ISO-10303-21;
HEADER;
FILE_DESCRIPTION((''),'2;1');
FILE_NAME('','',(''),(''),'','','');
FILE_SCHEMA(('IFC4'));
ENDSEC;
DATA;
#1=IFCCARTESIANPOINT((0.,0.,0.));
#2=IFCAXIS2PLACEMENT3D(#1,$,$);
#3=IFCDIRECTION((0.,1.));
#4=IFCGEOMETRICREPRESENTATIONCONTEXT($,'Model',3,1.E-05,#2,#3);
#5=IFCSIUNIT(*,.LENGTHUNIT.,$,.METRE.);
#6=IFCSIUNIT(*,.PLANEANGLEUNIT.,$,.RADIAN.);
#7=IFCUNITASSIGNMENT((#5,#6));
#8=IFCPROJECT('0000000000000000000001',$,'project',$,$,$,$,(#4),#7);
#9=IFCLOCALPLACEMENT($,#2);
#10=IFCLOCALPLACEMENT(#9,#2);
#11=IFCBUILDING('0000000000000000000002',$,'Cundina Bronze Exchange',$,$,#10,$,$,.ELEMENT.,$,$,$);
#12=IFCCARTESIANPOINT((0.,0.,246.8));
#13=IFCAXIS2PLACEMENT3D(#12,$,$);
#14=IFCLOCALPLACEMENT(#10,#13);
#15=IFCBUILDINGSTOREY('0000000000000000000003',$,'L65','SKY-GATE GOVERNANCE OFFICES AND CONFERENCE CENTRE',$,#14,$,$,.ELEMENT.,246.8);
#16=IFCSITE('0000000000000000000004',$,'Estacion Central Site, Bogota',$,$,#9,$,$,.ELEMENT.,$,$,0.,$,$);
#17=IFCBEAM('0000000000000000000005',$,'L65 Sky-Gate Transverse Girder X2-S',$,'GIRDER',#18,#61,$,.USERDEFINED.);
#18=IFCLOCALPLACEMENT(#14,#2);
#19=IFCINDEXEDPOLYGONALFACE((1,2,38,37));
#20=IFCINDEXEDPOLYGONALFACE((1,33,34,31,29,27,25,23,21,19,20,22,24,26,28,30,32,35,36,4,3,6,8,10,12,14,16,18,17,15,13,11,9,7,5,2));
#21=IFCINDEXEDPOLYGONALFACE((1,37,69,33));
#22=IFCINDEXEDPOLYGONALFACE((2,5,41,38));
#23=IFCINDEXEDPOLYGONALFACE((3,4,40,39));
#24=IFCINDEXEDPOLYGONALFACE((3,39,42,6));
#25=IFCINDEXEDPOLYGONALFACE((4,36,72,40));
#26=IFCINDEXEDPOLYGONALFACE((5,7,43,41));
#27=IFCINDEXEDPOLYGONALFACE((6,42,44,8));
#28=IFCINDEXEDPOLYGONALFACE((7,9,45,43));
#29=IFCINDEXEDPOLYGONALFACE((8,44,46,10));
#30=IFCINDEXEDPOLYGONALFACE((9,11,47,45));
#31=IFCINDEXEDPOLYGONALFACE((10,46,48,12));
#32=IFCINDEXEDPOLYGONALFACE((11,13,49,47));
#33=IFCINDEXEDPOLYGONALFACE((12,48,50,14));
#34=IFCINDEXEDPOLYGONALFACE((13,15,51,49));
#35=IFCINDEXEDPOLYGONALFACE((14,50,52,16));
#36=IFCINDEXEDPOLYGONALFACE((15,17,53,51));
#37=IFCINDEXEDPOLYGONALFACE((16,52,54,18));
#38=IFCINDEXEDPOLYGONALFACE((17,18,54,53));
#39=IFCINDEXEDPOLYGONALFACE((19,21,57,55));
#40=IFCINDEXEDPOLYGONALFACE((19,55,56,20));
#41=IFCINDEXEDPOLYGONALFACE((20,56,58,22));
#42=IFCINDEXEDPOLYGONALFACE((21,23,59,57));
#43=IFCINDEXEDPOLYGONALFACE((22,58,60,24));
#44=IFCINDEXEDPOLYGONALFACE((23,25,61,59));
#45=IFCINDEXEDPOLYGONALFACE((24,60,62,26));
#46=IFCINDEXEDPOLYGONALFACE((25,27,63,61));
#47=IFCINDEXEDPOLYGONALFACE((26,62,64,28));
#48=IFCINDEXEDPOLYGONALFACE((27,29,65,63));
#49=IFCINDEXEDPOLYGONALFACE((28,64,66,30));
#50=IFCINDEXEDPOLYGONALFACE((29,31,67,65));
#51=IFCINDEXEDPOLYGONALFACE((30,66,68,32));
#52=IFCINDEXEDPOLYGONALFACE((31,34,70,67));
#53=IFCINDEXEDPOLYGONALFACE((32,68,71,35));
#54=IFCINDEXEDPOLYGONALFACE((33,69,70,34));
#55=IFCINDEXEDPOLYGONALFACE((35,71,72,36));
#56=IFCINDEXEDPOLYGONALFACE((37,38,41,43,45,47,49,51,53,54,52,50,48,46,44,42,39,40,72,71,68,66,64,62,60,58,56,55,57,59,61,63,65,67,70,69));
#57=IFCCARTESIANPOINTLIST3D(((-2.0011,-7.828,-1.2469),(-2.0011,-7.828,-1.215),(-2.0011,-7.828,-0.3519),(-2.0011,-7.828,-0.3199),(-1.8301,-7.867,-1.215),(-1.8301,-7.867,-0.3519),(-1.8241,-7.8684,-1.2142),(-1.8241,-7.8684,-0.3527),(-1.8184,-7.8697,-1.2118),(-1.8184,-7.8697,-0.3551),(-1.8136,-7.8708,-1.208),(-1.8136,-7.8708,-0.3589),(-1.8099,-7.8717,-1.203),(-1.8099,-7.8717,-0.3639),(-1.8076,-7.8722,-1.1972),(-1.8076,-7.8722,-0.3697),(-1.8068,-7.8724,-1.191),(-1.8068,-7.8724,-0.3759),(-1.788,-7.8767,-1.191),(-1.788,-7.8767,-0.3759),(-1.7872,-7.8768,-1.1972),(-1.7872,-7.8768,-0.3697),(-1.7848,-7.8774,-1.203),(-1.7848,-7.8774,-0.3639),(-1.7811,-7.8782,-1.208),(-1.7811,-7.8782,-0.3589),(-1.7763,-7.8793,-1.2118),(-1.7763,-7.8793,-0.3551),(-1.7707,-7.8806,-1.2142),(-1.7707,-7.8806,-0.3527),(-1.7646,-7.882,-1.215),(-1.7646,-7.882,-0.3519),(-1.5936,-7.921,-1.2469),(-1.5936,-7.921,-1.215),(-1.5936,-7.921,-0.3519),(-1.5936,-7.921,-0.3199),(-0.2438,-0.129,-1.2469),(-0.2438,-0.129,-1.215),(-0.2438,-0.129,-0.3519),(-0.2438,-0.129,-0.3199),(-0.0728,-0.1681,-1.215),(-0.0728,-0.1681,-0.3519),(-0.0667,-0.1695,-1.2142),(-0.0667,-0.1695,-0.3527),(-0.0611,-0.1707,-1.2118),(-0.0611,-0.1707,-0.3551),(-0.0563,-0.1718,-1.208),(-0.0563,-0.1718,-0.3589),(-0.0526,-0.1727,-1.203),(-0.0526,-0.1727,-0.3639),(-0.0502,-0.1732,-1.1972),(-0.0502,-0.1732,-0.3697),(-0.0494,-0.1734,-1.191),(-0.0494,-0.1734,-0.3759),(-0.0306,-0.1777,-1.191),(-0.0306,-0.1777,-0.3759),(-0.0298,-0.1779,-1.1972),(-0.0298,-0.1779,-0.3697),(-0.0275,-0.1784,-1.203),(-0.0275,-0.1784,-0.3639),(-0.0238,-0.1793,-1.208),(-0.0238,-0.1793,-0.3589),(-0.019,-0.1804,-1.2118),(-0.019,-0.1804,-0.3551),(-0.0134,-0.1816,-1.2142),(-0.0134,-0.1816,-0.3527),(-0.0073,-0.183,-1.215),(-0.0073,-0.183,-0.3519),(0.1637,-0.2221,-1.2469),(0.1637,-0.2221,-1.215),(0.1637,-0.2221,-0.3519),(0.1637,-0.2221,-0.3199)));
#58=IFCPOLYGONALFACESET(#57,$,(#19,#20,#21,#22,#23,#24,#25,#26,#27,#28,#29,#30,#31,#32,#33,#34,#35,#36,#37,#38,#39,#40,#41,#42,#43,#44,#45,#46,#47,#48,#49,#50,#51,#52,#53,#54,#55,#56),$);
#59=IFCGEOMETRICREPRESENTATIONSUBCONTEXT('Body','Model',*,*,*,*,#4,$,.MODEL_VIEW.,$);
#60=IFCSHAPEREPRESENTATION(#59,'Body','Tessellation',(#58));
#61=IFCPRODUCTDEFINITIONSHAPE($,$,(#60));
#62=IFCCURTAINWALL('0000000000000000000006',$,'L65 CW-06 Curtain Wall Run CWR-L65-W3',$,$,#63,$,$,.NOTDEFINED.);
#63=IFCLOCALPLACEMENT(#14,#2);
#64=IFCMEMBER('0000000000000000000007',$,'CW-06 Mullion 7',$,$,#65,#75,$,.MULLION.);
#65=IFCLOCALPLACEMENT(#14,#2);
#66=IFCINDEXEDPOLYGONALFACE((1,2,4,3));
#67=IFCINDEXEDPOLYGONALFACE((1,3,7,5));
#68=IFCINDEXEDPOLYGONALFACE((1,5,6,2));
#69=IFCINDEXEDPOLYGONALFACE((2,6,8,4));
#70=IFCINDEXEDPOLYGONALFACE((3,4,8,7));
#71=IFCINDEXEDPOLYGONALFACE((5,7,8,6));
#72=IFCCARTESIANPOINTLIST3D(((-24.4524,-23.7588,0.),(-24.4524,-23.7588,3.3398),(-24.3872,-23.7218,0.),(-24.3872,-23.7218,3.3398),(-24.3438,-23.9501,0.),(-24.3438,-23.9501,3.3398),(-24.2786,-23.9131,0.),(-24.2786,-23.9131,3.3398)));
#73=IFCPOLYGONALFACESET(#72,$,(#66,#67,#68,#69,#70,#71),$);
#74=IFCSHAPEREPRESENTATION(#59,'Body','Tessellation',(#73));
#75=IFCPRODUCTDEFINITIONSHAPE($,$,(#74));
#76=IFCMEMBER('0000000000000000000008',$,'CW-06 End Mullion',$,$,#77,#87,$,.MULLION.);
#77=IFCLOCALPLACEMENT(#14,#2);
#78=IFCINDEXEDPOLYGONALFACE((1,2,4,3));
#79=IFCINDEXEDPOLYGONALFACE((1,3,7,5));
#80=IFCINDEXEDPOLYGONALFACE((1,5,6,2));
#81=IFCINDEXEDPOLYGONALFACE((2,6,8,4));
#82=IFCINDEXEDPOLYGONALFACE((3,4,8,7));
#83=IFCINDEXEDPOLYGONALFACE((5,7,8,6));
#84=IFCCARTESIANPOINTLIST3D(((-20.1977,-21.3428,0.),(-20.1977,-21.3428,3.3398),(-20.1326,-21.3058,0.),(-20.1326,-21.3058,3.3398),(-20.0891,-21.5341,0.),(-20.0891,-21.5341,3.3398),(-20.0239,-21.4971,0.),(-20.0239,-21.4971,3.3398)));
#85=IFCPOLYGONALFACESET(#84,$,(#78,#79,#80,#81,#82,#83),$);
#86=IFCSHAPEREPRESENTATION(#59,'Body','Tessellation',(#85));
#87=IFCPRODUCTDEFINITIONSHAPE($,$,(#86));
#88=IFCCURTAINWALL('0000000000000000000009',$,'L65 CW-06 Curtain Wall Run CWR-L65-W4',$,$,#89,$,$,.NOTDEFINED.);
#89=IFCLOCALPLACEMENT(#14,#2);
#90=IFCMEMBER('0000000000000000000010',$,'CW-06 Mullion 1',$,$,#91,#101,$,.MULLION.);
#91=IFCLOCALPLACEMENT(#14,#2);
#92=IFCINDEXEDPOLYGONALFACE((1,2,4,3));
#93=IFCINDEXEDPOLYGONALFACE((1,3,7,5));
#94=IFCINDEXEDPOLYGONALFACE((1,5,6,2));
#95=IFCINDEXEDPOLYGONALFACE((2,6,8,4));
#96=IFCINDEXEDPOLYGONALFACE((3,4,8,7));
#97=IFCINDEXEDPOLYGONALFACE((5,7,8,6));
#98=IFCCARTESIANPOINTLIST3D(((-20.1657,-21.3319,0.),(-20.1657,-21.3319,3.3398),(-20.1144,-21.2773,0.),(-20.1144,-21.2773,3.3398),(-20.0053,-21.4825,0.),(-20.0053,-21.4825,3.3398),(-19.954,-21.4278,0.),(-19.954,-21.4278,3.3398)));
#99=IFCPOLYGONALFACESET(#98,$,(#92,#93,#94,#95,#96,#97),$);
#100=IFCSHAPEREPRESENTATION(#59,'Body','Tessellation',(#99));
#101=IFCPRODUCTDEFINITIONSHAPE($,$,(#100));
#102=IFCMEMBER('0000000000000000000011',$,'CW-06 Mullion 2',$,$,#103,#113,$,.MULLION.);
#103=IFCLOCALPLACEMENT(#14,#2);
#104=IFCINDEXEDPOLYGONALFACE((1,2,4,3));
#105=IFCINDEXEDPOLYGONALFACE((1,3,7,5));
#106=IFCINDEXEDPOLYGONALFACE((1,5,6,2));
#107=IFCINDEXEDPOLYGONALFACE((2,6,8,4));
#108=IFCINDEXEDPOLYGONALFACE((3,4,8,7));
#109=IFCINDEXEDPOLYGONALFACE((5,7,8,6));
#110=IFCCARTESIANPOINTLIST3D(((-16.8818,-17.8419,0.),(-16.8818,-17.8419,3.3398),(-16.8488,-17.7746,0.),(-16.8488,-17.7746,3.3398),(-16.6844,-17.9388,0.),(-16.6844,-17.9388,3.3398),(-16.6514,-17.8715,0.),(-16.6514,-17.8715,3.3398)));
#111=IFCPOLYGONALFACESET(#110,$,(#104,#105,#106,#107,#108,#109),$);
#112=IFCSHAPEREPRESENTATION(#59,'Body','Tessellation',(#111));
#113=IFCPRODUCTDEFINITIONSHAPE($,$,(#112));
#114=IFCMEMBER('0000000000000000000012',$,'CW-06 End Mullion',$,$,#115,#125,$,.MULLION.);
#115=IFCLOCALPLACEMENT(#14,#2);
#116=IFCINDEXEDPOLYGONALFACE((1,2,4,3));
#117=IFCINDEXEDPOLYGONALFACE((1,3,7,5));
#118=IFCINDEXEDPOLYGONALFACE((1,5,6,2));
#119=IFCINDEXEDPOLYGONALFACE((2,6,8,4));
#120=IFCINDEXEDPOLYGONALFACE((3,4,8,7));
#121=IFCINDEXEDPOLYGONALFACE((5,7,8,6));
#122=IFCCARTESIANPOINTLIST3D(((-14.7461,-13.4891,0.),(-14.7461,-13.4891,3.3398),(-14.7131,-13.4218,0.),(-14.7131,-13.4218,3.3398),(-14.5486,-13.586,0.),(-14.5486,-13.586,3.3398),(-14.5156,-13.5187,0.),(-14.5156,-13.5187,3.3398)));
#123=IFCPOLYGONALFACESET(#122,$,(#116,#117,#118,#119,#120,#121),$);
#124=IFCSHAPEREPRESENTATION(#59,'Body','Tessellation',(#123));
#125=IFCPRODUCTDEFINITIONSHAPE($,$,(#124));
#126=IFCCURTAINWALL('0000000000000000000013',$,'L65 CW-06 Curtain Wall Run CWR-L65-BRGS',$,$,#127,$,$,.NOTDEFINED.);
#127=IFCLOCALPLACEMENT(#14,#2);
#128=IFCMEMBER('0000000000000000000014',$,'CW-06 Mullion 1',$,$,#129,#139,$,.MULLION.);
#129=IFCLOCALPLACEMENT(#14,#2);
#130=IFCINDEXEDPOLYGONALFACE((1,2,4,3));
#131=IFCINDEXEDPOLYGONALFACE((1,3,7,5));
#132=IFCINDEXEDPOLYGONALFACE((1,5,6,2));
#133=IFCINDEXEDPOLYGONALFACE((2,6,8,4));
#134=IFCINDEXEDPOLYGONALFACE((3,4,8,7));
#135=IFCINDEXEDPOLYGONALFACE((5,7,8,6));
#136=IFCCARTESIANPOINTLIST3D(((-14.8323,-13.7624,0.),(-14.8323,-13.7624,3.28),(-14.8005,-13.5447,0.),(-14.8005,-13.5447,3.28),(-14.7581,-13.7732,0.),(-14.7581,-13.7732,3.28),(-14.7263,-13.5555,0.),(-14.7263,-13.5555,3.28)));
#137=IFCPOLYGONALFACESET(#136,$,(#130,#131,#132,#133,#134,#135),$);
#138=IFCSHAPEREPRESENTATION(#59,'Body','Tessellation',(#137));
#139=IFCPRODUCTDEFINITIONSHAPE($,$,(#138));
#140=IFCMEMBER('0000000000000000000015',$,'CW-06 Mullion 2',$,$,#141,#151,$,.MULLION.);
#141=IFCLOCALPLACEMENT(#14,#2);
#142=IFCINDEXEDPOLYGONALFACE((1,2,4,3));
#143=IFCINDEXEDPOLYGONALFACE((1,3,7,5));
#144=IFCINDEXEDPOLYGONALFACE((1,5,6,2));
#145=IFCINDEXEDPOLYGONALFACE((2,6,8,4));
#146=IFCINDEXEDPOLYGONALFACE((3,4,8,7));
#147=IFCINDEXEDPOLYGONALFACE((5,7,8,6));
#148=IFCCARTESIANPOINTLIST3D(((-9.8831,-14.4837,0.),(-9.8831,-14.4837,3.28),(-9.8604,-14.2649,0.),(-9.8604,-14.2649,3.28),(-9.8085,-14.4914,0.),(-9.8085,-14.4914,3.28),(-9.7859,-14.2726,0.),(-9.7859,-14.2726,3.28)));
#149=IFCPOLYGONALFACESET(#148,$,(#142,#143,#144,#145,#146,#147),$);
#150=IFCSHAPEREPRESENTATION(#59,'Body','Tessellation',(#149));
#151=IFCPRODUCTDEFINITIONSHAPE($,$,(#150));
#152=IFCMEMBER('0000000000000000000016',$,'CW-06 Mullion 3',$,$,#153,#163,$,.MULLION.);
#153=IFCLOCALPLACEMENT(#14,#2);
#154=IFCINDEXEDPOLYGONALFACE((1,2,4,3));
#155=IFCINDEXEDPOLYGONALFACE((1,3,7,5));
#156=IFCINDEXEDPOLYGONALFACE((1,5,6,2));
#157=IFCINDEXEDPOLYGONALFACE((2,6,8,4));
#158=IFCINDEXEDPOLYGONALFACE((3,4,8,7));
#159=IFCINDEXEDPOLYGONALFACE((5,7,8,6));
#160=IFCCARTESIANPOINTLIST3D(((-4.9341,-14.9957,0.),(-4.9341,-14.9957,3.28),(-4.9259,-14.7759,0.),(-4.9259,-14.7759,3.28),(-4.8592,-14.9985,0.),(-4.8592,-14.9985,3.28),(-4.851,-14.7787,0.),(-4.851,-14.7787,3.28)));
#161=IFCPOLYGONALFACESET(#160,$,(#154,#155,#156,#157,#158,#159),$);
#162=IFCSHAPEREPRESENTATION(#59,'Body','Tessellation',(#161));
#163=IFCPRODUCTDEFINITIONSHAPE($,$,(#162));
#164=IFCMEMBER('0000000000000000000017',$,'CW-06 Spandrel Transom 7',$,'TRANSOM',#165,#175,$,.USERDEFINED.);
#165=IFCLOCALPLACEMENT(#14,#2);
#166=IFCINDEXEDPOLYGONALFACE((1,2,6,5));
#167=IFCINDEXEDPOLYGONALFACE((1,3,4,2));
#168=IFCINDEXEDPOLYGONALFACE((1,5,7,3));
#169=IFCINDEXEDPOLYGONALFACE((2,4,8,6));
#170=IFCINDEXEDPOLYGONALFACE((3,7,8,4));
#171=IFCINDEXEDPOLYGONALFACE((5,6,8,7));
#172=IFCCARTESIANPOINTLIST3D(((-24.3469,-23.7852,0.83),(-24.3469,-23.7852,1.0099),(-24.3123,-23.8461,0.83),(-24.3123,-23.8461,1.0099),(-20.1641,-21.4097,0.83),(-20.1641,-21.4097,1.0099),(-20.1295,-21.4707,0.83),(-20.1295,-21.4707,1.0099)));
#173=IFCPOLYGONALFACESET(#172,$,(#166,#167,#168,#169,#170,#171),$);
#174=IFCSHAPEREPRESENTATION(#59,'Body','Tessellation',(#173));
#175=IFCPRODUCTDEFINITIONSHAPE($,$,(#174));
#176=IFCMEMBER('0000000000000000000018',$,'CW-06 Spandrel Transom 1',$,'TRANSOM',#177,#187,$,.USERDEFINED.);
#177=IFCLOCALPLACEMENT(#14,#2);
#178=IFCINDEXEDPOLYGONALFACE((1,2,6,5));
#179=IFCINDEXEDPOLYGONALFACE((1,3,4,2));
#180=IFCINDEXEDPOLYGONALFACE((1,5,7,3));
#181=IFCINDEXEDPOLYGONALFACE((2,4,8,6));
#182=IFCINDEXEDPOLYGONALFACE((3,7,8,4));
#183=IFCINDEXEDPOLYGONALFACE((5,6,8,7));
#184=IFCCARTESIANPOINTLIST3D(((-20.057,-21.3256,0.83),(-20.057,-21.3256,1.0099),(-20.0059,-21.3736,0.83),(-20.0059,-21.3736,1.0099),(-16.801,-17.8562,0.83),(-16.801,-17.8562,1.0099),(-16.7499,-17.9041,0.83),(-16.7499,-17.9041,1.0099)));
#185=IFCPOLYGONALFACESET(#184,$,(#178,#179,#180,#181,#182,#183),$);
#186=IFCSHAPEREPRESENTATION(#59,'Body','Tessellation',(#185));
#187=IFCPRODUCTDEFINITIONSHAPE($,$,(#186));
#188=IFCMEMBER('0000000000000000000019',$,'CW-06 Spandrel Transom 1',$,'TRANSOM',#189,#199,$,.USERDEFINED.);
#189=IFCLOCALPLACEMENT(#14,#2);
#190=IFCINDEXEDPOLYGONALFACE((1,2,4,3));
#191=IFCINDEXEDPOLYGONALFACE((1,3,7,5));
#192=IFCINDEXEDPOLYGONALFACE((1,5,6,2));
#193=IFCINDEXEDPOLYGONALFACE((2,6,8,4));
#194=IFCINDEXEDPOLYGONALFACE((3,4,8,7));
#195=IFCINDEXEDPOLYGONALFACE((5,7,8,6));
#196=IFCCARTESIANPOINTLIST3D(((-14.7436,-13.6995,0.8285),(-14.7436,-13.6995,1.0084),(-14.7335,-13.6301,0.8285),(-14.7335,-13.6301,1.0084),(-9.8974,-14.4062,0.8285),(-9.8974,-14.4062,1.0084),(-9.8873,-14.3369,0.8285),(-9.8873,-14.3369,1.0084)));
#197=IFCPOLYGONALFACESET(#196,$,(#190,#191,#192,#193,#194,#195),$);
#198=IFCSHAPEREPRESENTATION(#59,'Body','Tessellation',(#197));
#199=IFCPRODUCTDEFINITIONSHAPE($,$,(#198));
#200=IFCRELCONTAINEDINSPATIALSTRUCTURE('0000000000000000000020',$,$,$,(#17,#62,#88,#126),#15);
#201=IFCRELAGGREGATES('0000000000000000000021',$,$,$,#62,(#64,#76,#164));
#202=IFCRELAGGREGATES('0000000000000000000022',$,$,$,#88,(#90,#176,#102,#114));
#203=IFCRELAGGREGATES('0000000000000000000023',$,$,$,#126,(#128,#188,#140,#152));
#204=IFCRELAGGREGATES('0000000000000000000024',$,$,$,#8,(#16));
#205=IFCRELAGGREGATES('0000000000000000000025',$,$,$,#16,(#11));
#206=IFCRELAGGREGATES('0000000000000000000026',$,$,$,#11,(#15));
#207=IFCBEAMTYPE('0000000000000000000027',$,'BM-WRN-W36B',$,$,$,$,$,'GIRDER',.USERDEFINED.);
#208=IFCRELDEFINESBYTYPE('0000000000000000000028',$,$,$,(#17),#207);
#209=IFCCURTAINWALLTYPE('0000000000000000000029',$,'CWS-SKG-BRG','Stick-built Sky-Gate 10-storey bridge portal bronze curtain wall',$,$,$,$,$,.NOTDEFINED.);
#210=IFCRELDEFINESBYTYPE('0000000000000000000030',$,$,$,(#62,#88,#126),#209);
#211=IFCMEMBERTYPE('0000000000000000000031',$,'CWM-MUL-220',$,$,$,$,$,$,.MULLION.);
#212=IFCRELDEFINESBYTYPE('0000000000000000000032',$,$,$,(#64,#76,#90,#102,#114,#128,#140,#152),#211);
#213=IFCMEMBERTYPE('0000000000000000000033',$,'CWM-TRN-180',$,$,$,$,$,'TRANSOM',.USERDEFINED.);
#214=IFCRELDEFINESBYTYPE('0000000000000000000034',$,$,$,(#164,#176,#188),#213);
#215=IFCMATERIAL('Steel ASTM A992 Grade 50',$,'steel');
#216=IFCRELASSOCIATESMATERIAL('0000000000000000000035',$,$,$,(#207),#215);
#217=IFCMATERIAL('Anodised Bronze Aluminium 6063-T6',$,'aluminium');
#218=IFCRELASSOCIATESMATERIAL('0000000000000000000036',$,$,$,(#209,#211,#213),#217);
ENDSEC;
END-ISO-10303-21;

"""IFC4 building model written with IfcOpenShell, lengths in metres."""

from ifc_helpers import new_model, si_unit, direction, frame, origin, origin_2d, place, context, subcontext, project, spatial, rectangle, i_section, extrude, material, material_profile, profile_set, type_object, element, aggregate, save


model = new_model("IFC4")

# Units and contexts
model_context = context("Model", 3, precision=1e-05, world=origin(), true_north=direction((0.0, 1.0)))
body_context = subcontext(model_context, "Body", "Model", "MODEL_VIEW")
ifc_project = project(units=[si_unit("LENGTHUNIT", "METRE"), si_unit("PLANEANGLEUNIT", "RADIAN")], contexts=[model_context])

# Site, building, storey
site_placement = place(None, origin())
site = spatial("IfcSite", under=ifc_project, at=site_placement, Name="Estacion Central Site, Bogota", CompositionType="ELEMENT", RefElevation=0.0)
building_placement = place(site_placement, origin())
building = spatial("IfcBuilding", under=site, at=building_placement, Name="Cundina Bronze Exchange", CompositionType="ELEMENT")
storey_placement = place(building_placement, frame((0.0, 0.0, 246.8)))
storey = spatial("IfcBuildingStorey", under=building, at=storey_placement, Name="L65", Description="SKY-GATE GOVERNANCE OFFICES AND CONFERENCE CENTRE", CompositionType="ELEMENT", Elevation=246.8)

# Beam
ifc_material_1 = material(Name="Steel ASTM A992 Grade 50", Category="steel")
ifc_material_profile_1 = material_profile(ifc_material_1, i_section(OverallWidth=0.418, OverallDepth=0.927, WebThickness=0.0193, FlangeThickness=0.032, FilletRadius=0.0239, at=origin_2d()), Name="W36X231", Category="steel")
ifc_profile_set_1 = profile_set([ifc_material_profile_1], Name="Steel ASTM A992 Grade 50")
beam_type_1 = type_object("IfcBeamType", Name="BM-WRN-W36B", ElementType="GIRDER", PredefinedType="USERDEFINED", material=ifc_profile_set_1)
beam_1_placement = place(storey_placement, frame((-1.7974, -7.8745, -0.7834), z_axis=(0.222531, 0.974926, 0.0), x_axis=(-0.974926, 0.222531, 0.0)))
element("IfcBeam", 1, at=beam_1_placement, inside=storey, type_object=beam_type_1, Name="L65 Sky-Gate Transverse Girder X2-S", ObjectType="GIRDER", PredefinedType="USERDEFINED", context=body_context, shape_type="SweptSolid", body=[
    extrude(i_section(OverallWidth=0.418, OverallDepth=0.927, WebThickness=0.0193, FlangeThickness=0.032, FilletRadius=0.0239, at=origin_2d()), origin(), (0.0, 0.0, 1.0), 7.897),
])

# Curtain walls, members
ifc_material_2 = material(Name="Anodised Bronze Aluminium 6063-T6", Category="aluminium")
curtain_wall_type = type_object("IfcCurtainWallType", Name="CWS-SKG-BRG", Description="Stick-built Sky-Gate 10-storey bridge portal bronze curtain wall", PredefinedType="NOTDEFINED", material=ifc_material_2)
curtain_wall_1_placement = place(storey_placement, origin())
curtain_wall_1 = element("IfcCurtainWall", 2, at=curtain_wall_1_placement, inside=storey, type_object=curtain_wall_type, Name="L65 CW-06 Curtain Wall Run CWR-L65-W3", PredefinedType="NOTDEFINED")
ifc_material_profile_2 = material_profile(ifc_material_2, rectangle(XDim=0.075, YDim=0.22, at=origin_2d()), Name="AL75X220", Category="aluminium")
ifc_profile_set_2 = profile_set([ifc_material_profile_2], Name="Anodised Bronze Aluminium 6063-T6")
member_type_1 = type_object("IfcMemberType", Name="CWM-MUL-220", PredefinedType="MULLION", material=ifc_profile_set_2)
member_1_placement = place(storey_placement, frame((-24.3655, -23.8359, 0.0), z_axis=(0.0, 0.0, 1.0), x_axis=(0.869581, 0.49379, 0.0)))
member_1 = element("IfcMember", 3, at=member_1_placement, type_object=member_type_1, Name="CW-06 Mullion 7", PredefinedType="MULLION", context=body_context, shape_type="SweptSolid", body=[
    extrude(rectangle(XDim=0.075, YDim=0.22, at=origin_2d()), origin(), (0.0, 0.0, 1.0), 3.3398),
])
member_2_placement = place(storey_placement, frame((-20.1108, -21.4199, 0.0), z_axis=(0.0, 0.0, 1.0), x_axis=(0.869581, 0.49379, 0.0)))
member_2 = element("IfcMember", 4, at=member_2_placement, type_object=member_type_1, Name="CW-06 End Mullion", PredefinedType="MULLION", context=body_context, shape_type="SweptSolid", body=[
    extrude(rectangle(XDim=0.075, YDim=0.22, at=origin_2d()), origin(), (0.0, 0.0, 1.0), 3.3398),
])
curtain_wall_2_placement = place(storey_placement, origin())
curtain_wall_2 = element("IfcCurtainWall", 5, at=curtain_wall_2_placement, inside=storey, type_object=curtain_wall_type, Name="L65 CW-06 Curtain Wall Run CWR-L65-W4", PredefinedType="NOTDEFINED")
member_3_placement = place(storey_placement, frame((-20.0598, -21.3799, 0.0), z_axis=(0.0, 0.0, 1.0), x_axis=(0.684293, 0.729208, 0.0)))
member_3 = element("IfcMember", 6, at=member_3_placement, type_object=member_type_1, Name="CW-06 Mullion 1", PredefinedType="MULLION", context=body_context, shape_type="SweptSolid", body=[
    extrude(rectangle(XDim=0.075, YDim=0.22, at=origin_2d()), origin(), (0.0, 0.0, 1.0), 3.3398),
])
member_4_placement = place(storey_placement, frame((-16.7666, -17.8567, 0.0), z_axis=(0.0, 0.0, 1.0), x_axis=(0.440566, 0.89772, 0.0)))
member_4 = element("IfcMember", 7, at=member_4_placement, type_object=member_type_1, Name="CW-06 Mullion 2", PredefinedType="MULLION", context=body_context, shape_type="SweptSolid", body=[
    extrude(rectangle(XDim=0.075, YDim=0.22, at=origin_2d()), origin(), (0.0, 0.0, 1.0), 3.3398),
])
member_5_placement = place(storey_placement, frame((-14.6309, -13.5039, 0.0), z_axis=(0.0, 0.0, 1.0), x_axis=(0.440566, 0.89772, 0.0)))
member_5 = element("IfcMember", 8, at=member_5_placement, type_object=member_type_1, Name="CW-06 End Mullion", PredefinedType="MULLION", context=body_context, shape_type="SweptSolid", body=[
    extrude(rectangle(XDim=0.075, YDim=0.22, at=origin_2d()), origin(), (0.0, 0.0, 1.0), 3.3398),
])
curtain_wall_3_placement = place(storey_placement, origin())
curtain_wall_3 = element("IfcCurtainWall", 9, at=curtain_wall_3_placement, inside=storey, type_object=curtain_wall_type, Name="L65 CW-06 Curtain Wall Run CWR-L65-BRGS", PredefinedType="NOTDEFINED")
member_6_placement = place(storey_placement, frame((-14.7793, -13.6589, 0.0), z_axis=(0.0, 0.0, 1.0), x_axis=(0.989526, -0.144356, 0.0)))
member_6 = element("IfcMember", 10, at=member_6_placement, type_object=member_type_1, Name="CW-06 Mullion 1", PredefinedType="MULLION", context=body_context, shape_type="SweptSolid", body=[
    extrude(rectangle(XDim=0.075, YDim=0.22, at=origin_2d()), origin(), (0.0, 0.0, 1.0), 3.28),
])
member_7_placement = place(storey_placement, frame((-9.8345, -14.3782, 0.0), z_axis=(0.0, 0.0, 1.0), x_axis=(0.994667, -0.10314, 0.0)))
member_7 = element("IfcMember", 11, at=member_7_placement, type_object=member_type_1, Name="CW-06 Mullion 2", PredefinedType="MULLION", context=body_context, shape_type="SweptSolid", body=[
    extrude(rectangle(XDim=0.075, YDim=0.22, at=origin_2d()), origin(), (0.0, 0.0, 1.0), 3.28),
])
member_8_placement = place(storey_placement, frame((-4.8926, -14.8872, 0.0), z_axis=(0.0, 0.0, 1.0), x_axis=(0.999303, -0.037341, 0.0)))
member_8 = element("IfcMember", 12, at=member_8_placement, type_object=member_type_1, Name="CW-06 Mullion 3", PredefinedType="MULLION", context=body_context, shape_type="SweptSolid", body=[
    extrude(rectangle(XDim=0.075, YDim=0.22, at=origin_2d()), origin(), (0.0, 0.0, 1.0), 3.28),
])

# Members
ifc_material_profile_3 = material_profile(ifc_material_2, rectangle(XDim=0.0701, YDim=0.1799, at=origin_2d()), Name="AL70X180", Category="aluminium")
ifc_profile_set_3 = profile_set([ifc_material_profile_3], Name="Anodised Bronze Aluminium 6063-T6")
member_type_2 = type_object("IfcMemberType", Name="CWM-TRN-180", ElementType="TRANSOM", PredefinedType="USERDEFINED", material=ifc_profile_set_3)
member_9_placement = place(storey_placement, frame((-24.3296, -23.8157, 0.9199), z_axis=(0.869558, 0.493831, 0.0), x_axis=(-0.493831, 0.869558, 0.0)))
member_9 = element("IfcMember", 13, at=member_9_placement, type_object=member_type_2, Name="CW-06 Spandrel Transom 7", ObjectType="TRANSOM", PredefinedType="USERDEFINED", context=body_context, shape_type="SweptSolid", body=[
    extrude(rectangle(XDim=0.0701, YDim=0.1799, at=origin_2d()), origin(), (0.0, 0.0, 1.0), 4.8103),
])
member_10_placement = place(storey_placement, frame((-20.0315, -21.3496, 0.9199), z_axis=(0.684328, 0.729174, 0.0), x_axis=(-0.729174, 0.684328, 0.0)))
member_10 = element("IfcMember", 14, at=member_10_placement, type_object=member_type_2, Name="CW-06 Spandrel Transom 1", ObjectType="TRANSOM", PredefinedType="USERDEFINED", context=body_context, shape_type="SweptSolid", body=[
    extrude(rectangle(XDim=0.0701, YDim=0.1799, at=origin_2d()), origin(), (0.0, 0.0, 1.0), 4.7581),
])
member_11_placement = place(storey_placement, frame((-14.7385, -13.6648, 0.9185), z_axis=(0.989531, -0.144317, 0.0), x_axis=(0.144317, 0.989531, 0.0)))
member_11 = element("IfcMember", 15, at=member_11_placement, type_object=member_type_2, Name="CW-06 Spandrel Transom 1", ObjectType="TRANSOM", PredefinedType="USERDEFINED", context=body_context, shape_type="SweptSolid", body=[
    extrude(rectangle(XDim=0.0701, YDim=0.1799, at=origin_2d()), origin(), (0.0, 0.0, 1.0), 4.8975),
])

aggregate(curtain_wall_1, [member_1, member_2, member_9])
aggregate(curtain_wall_2, [member_3, member_10, member_4, member_5])
aggregate(curtain_wall_3, [member_6, member_11, member_7, member_8])

save(model, "model.ifc")
